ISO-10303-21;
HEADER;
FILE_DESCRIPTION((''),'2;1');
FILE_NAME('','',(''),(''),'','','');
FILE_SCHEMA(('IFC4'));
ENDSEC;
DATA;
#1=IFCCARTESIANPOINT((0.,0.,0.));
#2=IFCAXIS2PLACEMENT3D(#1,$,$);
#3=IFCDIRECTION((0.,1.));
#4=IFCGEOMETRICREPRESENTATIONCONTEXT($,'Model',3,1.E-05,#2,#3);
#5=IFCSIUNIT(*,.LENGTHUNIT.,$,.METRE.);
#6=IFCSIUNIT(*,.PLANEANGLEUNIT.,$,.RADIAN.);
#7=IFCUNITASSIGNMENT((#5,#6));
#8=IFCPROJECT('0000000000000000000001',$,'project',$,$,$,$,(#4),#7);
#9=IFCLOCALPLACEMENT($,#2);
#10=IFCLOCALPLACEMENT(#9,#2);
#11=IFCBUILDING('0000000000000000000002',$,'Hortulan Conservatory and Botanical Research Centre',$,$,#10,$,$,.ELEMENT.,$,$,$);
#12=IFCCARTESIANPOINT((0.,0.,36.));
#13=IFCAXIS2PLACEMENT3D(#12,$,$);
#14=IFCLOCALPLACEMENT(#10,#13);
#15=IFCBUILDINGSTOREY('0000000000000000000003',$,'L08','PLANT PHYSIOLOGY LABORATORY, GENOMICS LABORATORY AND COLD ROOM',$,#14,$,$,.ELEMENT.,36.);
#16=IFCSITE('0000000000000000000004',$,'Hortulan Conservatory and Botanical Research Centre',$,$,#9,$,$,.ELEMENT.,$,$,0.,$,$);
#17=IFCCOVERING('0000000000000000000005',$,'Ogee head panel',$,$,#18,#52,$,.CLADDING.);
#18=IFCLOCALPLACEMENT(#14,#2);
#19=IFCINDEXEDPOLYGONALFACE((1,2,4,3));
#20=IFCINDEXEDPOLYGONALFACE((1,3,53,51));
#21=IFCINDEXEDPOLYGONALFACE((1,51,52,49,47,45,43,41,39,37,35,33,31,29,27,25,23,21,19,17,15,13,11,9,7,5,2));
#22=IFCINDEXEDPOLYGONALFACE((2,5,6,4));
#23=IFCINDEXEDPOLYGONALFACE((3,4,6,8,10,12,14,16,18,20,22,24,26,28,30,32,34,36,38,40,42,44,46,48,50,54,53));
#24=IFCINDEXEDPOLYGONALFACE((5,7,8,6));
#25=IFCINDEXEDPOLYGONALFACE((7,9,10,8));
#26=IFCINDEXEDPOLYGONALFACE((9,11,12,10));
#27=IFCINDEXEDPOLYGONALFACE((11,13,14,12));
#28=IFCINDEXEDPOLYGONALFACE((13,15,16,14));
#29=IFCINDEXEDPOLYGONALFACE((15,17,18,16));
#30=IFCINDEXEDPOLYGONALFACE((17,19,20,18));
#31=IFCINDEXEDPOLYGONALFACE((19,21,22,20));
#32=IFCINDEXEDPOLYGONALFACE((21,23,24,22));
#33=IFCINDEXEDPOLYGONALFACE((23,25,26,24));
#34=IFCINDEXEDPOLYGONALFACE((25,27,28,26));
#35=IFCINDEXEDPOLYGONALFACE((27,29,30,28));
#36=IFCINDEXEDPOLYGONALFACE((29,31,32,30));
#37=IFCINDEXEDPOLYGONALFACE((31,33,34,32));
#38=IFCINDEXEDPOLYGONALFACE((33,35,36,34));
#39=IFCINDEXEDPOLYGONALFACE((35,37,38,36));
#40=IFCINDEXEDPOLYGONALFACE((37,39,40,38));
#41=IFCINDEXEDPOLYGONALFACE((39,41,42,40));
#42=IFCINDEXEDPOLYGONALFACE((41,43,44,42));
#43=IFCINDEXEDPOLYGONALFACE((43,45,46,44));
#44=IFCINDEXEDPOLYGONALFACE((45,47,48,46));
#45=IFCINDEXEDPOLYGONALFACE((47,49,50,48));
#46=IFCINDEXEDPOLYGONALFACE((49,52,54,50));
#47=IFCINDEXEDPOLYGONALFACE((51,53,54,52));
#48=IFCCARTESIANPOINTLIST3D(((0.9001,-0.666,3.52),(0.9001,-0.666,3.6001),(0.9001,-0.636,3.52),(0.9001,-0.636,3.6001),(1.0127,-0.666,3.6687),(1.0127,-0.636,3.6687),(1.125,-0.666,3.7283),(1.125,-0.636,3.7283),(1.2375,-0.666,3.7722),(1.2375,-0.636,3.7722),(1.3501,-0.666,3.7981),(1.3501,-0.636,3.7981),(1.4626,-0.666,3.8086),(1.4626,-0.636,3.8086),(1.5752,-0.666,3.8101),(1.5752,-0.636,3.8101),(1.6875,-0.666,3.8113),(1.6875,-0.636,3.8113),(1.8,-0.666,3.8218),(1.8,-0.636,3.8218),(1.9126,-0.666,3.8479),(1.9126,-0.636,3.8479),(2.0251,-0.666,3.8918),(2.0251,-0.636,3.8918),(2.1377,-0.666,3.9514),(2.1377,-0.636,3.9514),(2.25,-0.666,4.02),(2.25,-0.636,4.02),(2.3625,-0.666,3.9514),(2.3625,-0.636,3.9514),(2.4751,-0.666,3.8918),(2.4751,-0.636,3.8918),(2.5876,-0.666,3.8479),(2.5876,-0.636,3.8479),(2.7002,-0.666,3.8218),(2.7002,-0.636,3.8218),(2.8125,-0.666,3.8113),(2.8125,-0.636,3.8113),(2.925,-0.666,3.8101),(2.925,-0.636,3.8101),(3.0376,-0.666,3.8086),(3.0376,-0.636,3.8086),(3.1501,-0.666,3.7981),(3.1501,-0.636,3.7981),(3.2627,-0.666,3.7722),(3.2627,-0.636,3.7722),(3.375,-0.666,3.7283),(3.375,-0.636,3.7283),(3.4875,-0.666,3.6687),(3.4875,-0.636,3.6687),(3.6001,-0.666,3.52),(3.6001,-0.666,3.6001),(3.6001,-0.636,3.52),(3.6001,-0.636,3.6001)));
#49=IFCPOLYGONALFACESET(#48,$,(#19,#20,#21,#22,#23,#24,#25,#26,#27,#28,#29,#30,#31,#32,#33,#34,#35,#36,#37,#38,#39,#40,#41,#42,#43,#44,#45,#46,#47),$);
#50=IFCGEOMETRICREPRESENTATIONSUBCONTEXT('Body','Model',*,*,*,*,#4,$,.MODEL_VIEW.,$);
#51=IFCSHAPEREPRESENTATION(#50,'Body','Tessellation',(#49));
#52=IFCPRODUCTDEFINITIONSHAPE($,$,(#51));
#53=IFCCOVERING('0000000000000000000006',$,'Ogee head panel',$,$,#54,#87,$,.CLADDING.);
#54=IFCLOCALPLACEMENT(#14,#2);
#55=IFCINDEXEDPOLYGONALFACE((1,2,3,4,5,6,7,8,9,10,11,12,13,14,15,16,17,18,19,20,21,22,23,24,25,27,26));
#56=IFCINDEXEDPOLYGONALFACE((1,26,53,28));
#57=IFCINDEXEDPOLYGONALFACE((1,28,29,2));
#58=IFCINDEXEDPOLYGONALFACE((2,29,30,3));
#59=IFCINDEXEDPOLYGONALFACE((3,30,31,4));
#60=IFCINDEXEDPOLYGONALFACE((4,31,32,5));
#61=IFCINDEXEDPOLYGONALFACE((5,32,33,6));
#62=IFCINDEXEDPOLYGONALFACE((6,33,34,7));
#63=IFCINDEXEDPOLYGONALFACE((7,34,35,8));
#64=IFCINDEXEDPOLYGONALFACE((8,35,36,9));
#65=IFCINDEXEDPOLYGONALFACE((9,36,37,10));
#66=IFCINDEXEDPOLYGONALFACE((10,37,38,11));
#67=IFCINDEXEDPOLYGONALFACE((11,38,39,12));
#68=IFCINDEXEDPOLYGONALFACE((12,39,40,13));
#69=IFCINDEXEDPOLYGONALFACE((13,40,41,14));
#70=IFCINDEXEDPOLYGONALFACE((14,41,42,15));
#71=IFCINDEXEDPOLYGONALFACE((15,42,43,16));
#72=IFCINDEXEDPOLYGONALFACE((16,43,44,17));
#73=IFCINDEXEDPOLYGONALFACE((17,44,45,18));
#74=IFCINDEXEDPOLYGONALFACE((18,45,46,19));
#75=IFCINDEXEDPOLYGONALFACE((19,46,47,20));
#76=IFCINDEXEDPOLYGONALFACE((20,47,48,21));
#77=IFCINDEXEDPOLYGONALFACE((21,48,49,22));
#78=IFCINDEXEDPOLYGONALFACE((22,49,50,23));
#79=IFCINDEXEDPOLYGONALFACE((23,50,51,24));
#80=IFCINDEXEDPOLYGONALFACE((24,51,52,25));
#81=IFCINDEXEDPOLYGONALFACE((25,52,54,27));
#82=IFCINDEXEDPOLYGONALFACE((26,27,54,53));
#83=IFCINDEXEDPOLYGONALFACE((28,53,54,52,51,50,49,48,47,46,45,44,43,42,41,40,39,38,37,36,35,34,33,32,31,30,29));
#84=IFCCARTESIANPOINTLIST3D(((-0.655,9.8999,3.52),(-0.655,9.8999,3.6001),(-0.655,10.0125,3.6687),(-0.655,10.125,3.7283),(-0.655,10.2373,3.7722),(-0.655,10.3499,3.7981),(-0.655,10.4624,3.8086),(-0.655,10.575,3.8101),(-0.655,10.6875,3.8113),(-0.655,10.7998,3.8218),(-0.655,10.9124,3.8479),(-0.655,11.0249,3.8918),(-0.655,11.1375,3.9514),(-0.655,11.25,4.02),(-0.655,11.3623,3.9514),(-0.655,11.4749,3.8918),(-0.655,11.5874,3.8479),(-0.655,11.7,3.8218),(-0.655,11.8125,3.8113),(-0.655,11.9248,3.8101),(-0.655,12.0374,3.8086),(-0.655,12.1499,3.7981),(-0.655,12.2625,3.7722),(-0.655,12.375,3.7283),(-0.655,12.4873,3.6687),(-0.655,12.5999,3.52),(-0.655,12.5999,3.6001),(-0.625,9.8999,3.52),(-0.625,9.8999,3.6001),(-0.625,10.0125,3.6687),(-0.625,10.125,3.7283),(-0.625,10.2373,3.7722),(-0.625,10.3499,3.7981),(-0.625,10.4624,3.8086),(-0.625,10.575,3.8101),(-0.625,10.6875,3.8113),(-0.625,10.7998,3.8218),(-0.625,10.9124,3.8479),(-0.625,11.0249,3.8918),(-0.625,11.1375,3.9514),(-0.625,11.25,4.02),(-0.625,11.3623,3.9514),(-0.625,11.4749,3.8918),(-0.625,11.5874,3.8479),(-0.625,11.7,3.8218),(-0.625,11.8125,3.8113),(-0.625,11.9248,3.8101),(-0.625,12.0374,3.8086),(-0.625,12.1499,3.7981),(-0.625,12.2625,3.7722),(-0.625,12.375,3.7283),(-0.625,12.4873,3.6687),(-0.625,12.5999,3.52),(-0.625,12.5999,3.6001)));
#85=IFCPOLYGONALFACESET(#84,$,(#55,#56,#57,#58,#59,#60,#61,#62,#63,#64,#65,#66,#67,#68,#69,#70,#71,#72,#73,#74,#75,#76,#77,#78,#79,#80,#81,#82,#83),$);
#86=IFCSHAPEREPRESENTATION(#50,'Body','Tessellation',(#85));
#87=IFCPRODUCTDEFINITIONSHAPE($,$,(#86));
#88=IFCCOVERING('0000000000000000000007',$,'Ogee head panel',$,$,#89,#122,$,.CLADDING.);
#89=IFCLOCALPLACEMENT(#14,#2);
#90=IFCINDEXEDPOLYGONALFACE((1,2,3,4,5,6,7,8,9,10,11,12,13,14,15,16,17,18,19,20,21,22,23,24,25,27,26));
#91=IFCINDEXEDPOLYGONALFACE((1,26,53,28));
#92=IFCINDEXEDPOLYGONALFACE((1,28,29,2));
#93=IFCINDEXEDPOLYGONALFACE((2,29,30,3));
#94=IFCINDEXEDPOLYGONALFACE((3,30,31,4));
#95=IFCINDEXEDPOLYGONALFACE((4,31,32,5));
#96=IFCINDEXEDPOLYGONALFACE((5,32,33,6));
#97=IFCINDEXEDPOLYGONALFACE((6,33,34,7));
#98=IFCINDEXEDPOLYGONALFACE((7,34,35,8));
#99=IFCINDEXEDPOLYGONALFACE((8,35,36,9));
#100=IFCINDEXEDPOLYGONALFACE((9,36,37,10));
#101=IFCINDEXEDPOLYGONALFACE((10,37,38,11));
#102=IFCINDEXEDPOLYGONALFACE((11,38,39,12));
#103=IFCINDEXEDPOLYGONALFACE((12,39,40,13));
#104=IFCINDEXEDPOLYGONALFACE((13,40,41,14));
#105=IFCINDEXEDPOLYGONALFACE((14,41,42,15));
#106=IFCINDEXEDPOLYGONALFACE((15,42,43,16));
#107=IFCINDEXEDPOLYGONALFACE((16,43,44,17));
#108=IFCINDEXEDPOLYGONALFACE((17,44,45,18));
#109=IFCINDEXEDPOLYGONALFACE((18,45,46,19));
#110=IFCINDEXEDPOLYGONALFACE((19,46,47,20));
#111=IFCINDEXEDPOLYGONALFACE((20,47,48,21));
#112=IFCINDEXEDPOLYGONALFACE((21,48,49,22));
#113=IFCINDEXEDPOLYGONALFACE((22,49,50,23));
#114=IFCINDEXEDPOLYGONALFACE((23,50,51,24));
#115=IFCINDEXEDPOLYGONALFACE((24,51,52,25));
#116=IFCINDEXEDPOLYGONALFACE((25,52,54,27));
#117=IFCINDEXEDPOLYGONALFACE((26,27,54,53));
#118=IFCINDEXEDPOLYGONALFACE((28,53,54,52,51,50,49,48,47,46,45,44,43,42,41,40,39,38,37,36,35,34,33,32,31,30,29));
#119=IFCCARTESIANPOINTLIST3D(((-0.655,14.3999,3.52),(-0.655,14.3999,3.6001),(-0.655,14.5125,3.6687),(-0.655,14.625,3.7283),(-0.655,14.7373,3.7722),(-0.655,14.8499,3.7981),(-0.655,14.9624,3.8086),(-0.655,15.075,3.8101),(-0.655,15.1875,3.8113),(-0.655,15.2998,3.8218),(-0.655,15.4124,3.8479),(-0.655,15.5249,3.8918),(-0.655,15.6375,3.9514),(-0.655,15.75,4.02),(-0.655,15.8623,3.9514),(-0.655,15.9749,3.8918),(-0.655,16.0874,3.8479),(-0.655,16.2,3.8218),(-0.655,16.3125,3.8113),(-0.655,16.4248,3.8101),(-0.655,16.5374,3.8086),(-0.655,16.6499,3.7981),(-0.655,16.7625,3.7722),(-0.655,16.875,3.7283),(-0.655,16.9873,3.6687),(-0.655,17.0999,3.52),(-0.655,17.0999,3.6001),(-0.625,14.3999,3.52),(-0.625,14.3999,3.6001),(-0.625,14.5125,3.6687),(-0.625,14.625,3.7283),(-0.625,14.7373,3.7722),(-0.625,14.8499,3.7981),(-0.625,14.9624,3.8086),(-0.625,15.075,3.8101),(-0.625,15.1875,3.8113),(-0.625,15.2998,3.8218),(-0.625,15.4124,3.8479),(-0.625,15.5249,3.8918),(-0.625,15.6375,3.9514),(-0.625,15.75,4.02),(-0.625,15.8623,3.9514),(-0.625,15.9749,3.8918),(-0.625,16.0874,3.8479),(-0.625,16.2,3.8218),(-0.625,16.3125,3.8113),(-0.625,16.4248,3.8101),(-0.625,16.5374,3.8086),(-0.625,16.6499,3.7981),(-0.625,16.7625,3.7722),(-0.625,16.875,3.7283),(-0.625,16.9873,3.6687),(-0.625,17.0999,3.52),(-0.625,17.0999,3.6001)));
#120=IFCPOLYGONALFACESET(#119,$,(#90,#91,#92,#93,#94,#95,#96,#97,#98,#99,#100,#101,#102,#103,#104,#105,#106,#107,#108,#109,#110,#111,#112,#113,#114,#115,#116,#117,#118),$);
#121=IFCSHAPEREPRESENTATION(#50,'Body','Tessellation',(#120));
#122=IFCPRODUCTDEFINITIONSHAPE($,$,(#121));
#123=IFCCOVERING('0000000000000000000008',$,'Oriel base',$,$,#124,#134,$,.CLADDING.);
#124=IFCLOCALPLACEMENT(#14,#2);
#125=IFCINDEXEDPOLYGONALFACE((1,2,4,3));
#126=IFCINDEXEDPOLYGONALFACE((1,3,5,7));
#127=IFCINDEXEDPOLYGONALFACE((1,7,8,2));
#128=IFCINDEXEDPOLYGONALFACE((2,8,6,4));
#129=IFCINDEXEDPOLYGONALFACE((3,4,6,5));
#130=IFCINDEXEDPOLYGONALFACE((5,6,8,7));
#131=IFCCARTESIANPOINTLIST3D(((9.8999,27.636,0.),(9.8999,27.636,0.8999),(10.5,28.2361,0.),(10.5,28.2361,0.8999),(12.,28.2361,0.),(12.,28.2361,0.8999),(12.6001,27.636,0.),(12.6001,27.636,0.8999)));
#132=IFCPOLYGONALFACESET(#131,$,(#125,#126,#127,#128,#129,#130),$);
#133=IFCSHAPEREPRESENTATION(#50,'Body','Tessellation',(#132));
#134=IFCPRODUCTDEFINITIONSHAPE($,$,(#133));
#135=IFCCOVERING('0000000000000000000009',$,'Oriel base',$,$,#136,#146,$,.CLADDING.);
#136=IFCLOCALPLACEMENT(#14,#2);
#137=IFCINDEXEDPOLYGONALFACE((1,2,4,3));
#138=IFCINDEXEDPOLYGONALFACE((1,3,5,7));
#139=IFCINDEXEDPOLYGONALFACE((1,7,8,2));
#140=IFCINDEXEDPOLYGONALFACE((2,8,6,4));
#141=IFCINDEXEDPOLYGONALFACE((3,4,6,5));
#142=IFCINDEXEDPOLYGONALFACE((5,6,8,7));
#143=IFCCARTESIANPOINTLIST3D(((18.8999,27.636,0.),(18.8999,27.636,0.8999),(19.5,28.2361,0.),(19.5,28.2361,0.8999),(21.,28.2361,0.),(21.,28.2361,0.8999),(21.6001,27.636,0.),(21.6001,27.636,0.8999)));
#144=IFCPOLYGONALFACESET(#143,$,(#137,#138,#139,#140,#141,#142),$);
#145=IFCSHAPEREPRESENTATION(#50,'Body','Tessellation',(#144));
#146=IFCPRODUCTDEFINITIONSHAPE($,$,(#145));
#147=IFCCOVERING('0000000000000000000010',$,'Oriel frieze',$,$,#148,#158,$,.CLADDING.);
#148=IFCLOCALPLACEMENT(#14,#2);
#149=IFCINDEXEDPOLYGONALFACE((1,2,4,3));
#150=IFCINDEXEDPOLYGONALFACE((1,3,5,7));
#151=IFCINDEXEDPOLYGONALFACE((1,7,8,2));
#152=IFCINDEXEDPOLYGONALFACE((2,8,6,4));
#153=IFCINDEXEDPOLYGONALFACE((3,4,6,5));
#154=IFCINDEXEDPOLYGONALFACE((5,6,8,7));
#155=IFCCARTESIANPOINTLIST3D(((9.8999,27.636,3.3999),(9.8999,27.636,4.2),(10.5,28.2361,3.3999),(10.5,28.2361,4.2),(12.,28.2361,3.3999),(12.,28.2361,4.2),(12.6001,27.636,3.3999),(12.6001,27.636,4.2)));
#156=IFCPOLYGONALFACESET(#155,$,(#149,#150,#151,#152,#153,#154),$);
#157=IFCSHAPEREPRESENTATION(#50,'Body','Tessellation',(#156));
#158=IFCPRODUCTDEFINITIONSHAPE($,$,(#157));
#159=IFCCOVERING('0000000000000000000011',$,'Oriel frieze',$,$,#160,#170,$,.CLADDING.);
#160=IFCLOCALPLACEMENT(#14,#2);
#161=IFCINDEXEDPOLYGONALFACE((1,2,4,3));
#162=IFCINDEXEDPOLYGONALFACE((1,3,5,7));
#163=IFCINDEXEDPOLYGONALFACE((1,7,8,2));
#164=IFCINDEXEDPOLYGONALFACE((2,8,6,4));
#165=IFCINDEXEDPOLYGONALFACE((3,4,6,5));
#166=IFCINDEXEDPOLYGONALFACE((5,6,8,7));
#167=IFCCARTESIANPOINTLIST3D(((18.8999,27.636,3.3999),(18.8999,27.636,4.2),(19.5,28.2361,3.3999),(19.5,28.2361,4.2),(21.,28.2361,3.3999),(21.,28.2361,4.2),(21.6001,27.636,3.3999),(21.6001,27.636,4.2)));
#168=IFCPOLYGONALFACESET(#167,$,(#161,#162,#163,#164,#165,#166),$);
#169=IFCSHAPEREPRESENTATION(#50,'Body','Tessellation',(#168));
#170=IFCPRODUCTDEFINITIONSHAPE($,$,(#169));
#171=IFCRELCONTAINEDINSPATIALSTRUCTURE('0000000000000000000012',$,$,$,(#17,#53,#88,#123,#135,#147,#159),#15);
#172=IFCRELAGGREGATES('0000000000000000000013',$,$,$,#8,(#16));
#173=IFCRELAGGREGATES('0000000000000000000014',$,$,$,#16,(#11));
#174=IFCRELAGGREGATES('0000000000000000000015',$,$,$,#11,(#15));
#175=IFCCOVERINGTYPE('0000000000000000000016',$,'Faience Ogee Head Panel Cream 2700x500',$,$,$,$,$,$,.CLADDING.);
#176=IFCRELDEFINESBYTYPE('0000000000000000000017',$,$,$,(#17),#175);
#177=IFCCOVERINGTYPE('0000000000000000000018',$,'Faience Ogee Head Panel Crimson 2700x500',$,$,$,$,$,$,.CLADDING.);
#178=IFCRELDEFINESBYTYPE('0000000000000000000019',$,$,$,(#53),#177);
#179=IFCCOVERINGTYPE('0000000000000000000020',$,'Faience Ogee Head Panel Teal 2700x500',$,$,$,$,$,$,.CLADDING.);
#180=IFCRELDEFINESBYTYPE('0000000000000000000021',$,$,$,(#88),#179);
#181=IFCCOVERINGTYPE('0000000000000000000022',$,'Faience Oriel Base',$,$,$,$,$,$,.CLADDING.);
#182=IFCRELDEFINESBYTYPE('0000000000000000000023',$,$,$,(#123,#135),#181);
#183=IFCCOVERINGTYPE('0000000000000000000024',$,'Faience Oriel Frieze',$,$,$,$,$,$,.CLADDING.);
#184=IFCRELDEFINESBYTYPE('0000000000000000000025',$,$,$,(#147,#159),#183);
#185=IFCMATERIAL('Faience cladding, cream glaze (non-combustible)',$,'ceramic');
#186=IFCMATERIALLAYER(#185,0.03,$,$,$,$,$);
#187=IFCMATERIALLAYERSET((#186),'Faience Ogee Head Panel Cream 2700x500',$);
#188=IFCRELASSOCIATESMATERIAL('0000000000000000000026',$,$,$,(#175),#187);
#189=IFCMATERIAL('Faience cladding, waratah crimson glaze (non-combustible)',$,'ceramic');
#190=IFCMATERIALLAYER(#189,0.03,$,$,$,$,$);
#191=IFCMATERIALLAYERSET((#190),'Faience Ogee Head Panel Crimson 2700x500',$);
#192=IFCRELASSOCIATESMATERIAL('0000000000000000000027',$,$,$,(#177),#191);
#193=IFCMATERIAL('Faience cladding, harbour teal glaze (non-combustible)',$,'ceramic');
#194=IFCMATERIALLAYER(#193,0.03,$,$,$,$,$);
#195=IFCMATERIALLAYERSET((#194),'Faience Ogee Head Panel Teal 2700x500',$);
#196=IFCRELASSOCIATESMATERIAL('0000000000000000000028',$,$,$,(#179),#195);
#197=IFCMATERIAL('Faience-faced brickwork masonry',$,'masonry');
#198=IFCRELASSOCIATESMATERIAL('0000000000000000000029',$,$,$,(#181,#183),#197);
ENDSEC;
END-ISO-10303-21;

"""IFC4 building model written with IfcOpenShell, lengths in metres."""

from ifc_helpers import new_model, si_unit, direction, frame, origin, place, context, subcontext, project, spatial, polyline, outline, extrude, material, layer, layer_set, type_object, element, save


model = new_model("IFC4")

# Units and contexts
model_context = context("Model", 3, precision=1e-05, world=origin(), true_north=direction((0.0, 1.0)))
body_context = subcontext(model_context, "Body", "Model", "MODEL_VIEW")
ifc_project = project(units=[si_unit("LENGTHUNIT", "METRE"), si_unit("PLANEANGLEUNIT", "RADIAN")], contexts=[model_context])

# Site, building, storey
site_placement = place(None, origin())
site = spatial("IfcSite", under=ifc_project, at=site_placement, Name="Hortulan Conservatory and Botanical Research Centre", CompositionType="ELEMENT", RefElevation=0.0)
building_placement = place(site_placement, origin())
building = spatial("IfcBuilding", under=site, at=building_placement, Name="Hortulan Conservatory and Botanical Research Centre", CompositionType="ELEMENT")
storey_placement = place(building_placement, frame((0.0, 0.0, 36.0)))
storey = spatial("IfcBuildingStorey", under=building, at=storey_placement, Name="L08", Description="PLANT PHYSIOLOGY LABORATORY, GENOMICS LABORATORY AND COLD ROOM", CompositionType="ELEMENT", Elevation=36.0)

# Shared definitions
ifc_material_1 = material(Name="Faience-faced brickwork masonry", Category="masonry")

# Coverings
ifc_material_2 = material(Name="Faience cladding, cream glaze (non-combustible)", Category="ceramic")
ifc_layer_1 = layer(ifc_material_2, 0.03)
ifc_layer_set_1 = layer_set([ifc_layer_1], Name="Faience Ogee Head Panel Cream 2700x500")
covering_type_1 = type_object("IfcCoveringType", Name="Faience Ogee Head Panel Cream 2700x500", PredefinedType="CLADDING", material=ifc_layer_set_1)
covering_1_placement = place(storey_placement, frame((3.6001, -0.6509, 3.52), z_axis=(0.0, 0.0, 1.0), x_axis=(-1.0, 0.0, 0.0)))
element("IfcCovering", 1, at=covering_1_placement, inside=storey, type_object=covering_type_1, Name="Ogee head panel", PredefinedType="CLADDING", context=body_context, shape_type="SweptSolid", body=[
    extrude(outline(polyline([(0.0, 0.0), (2.7, 0.0), (2.7, 0.0801), (2.5874, 0.1487), (2.4751, 0.2083), (2.3625, 0.2522), (2.25, 0.2781), (2.1375, 0.2886), (2.0249, 0.29), (1.9126, 0.2913), (1.8, 0.3018), (1.6875, 0.3279), (1.575, 0.3718), (1.4624, 0.4314), (1.3501, 0.5), (1.2375, 0.4314), (1.125, 0.3718), (1.0125, 0.3279), (0.8999, 0.3018), (0.7876, 0.2913), (0.675, 0.29), (0.5625, 0.2886), (0.45, 0.2781), (0.3374, 0.2522), (0.2251, 0.2083), (0.1125, 0.1487), (0.0, 0.0801), (0.0, 0.0)])), frame((0.0, 0.0151, 0.0), z_axis=(0.0, -1.0, 0.0), x_axis=(1.0, 0.0, 0.0)), (0.0, 0.0, 1.0), 0.03),
])
ifc_material_3 = material(Name="Faience cladding, waratah crimson glaze (non-combustible)", Category="ceramic")
ifc_layer_2 = layer(ifc_material_3, 0.03)
ifc_layer_set_2 = layer_set([ifc_layer_2], Name="Faience Ogee Head Panel Crimson 2700x500")
covering_type_2 = type_object("IfcCoveringType", Name="Faience Ogee Head Panel Crimson 2700x500", PredefinedType="CLADDING", material=ifc_layer_set_2)
covering_2_placement = place(storey_placement, frame((-0.6399, 9.8999, 3.52), z_axis=(0.0, 0.0, 1.0), x_axis=(0.0, 1.0, 0.0)))
element("IfcCovering", 2, at=covering_2_placement, inside=storey, type_object=covering_type_2, Name="Ogee head panel", PredefinedType="CLADDING", context=body_context, shape_type="SweptSolid", body=[
    extrude(outline(polyline([(0.0, 0.0), (2.7, 0.0), (2.7, 0.0801), (2.5874, 0.1487), (2.4751, 0.2083), (2.3625, 0.2522), (2.25, 0.2781), (2.1375, 0.2886), (2.0249, 0.29), (1.9126, 0.2913), (1.8, 0.3018), (1.6875, 0.3279), (1.575, 0.3718), (1.4624, 0.4314), (1.3501, 0.5), (1.2375, 0.4314), (1.125, 0.3718), (1.0125, 0.3279), (0.8999, 0.3018), (0.7876, 0.2913), (0.675, 0.29), (0.5625, 0.2886), (0.45, 0.2781), (0.3374, 0.2522), (0.2251, 0.2083), (0.1125, 0.1487), (0.0, 0.0801), (0.0, 0.0)])), frame((0.0, 0.0151, 0.0), z_axis=(0.0, -1.0, 0.0), x_axis=(1.0, 0.0, 0.0)), (0.0, 0.0, 1.0), 0.03),
])
ifc_material_4 = material(Name="Faience cladding, harbour teal glaze (non-combustible)", Category="ceramic")
ifc_layer_3 = layer(ifc_material_4, 0.03)
ifc_layer_set_3 = layer_set([ifc_layer_3], Name="Faience Ogee Head Panel Teal 2700x500")
covering_type_3 = type_object("IfcCoveringType", Name="Faience Ogee Head Panel Teal 2700x500", PredefinedType="CLADDING", material=ifc_layer_set_3)
covering_3_placement = place(storey_placement, frame((-0.6399, 14.3999, 3.52), z_axis=(0.0, 0.0, 1.0), x_axis=(0.0, 1.0, 0.0)))
element("IfcCovering", 3, at=covering_3_placement, inside=storey, type_object=covering_type_3, Name="Ogee head panel", PredefinedType="CLADDING", context=body_context, shape_type="SweptSolid", body=[
    extrude(outline(polyline([(0.0, 0.0), (2.7, 0.0), (2.7, 0.0801), (2.5874, 0.1487), (2.4751, 0.2083), (2.3625, 0.2522), (2.25, 0.2781), (2.1375, 0.2886), (2.0249, 0.29), (1.9126, 0.2913), (1.8, 0.3018), (1.6875, 0.3279), (1.575, 0.3718), (1.4624, 0.4314), (1.3501, 0.5), (1.2375, 0.4314), (1.125, 0.3718), (1.0125, 0.3279), (0.8999, 0.3018), (0.7876, 0.2913), (0.675, 0.29), (0.5625, 0.2886), (0.45, 0.2781), (0.3374, 0.2522), (0.2251, 0.2083), (0.1125, 0.1487), (0.0, 0.0801), (0.0, 0.0)])), frame((0.0, 0.0151, 0.0), z_axis=(0.0, -1.0, 0.0), x_axis=(1.0, 0.0, 0.0)), (0.0, 0.0, 1.0), 0.03),
])
covering_type_4 = type_object("IfcCoveringType", Name="Faience Oriel Base", PredefinedType="CLADDING", material=ifc_material_1)
covering_4_placement = place(storey_placement, origin())
element("IfcCovering", 4, at=covering_4_placement, inside=storey, type_object=covering_type_4, Name="Oriel base", PredefinedType="CLADDING", context=body_context, shape_type="SweptSolid", body=[
    extrude(outline(polyline([(9.8999, 27.636), (10.5, 28.2361), (12.0, 28.2361), (12.6001, 27.636), (9.8999, 27.636)])), origin(), (0.0, 0.0, 1.0), 0.8999),
])
covering_5_placement = place(storey_placement, origin())
element("IfcCovering", 5, at=covering_5_placement, inside=storey, type_object=covering_type_4, Name="Oriel base", PredefinedType="CLADDING", context=body_context, shape_type="SweptSolid", body=[
    extrude(outline(polyline([(18.8999, 27.636), (19.5, 28.2361), (21.0, 28.2361), (21.6001, 27.636), (18.8999, 27.636)])), origin(), (0.0, 0.0, 1.0), 0.8999),
])
covering_type_5 = type_object("IfcCoveringType", Name="Faience Oriel Frieze", PredefinedType="CLADDING", material=ifc_material_1)
covering_6_placement = place(storey_placement, frame((0.0, 0.0, 3.3999)))
element("IfcCovering", 6, at=covering_6_placement, inside=storey, type_object=covering_type_5, Name="Oriel frieze", PredefinedType="CLADDING", context=body_context, shape_type="SweptSolid", body=[
    extrude(outline(polyline([(9.8999, 27.636), (10.5, 28.2361), (12.0, 28.2361), (12.6001, 27.636), (9.8999, 27.636)])), origin(), (0.0, 0.0, 1.0), 0.8),
])
covering_7_placement = place(storey_placement, frame((0.0, 0.0, 3.3999)))
element("IfcCovering", 7, at=covering_7_placement, inside=storey, type_object=covering_type_5, Name="Oriel frieze", PredefinedType="CLADDING", context=body_context, shape_type="SweptSolid", body=[
    extrude(outline(polyline([(18.8999, 27.636), (19.5, 28.2361), (21.0, 28.2361), (21.6001, 27.636), (18.8999, 27.636)])), origin(), (0.0, 0.0, 1.0), 0.8),
])

save(model, "model.ifc")
